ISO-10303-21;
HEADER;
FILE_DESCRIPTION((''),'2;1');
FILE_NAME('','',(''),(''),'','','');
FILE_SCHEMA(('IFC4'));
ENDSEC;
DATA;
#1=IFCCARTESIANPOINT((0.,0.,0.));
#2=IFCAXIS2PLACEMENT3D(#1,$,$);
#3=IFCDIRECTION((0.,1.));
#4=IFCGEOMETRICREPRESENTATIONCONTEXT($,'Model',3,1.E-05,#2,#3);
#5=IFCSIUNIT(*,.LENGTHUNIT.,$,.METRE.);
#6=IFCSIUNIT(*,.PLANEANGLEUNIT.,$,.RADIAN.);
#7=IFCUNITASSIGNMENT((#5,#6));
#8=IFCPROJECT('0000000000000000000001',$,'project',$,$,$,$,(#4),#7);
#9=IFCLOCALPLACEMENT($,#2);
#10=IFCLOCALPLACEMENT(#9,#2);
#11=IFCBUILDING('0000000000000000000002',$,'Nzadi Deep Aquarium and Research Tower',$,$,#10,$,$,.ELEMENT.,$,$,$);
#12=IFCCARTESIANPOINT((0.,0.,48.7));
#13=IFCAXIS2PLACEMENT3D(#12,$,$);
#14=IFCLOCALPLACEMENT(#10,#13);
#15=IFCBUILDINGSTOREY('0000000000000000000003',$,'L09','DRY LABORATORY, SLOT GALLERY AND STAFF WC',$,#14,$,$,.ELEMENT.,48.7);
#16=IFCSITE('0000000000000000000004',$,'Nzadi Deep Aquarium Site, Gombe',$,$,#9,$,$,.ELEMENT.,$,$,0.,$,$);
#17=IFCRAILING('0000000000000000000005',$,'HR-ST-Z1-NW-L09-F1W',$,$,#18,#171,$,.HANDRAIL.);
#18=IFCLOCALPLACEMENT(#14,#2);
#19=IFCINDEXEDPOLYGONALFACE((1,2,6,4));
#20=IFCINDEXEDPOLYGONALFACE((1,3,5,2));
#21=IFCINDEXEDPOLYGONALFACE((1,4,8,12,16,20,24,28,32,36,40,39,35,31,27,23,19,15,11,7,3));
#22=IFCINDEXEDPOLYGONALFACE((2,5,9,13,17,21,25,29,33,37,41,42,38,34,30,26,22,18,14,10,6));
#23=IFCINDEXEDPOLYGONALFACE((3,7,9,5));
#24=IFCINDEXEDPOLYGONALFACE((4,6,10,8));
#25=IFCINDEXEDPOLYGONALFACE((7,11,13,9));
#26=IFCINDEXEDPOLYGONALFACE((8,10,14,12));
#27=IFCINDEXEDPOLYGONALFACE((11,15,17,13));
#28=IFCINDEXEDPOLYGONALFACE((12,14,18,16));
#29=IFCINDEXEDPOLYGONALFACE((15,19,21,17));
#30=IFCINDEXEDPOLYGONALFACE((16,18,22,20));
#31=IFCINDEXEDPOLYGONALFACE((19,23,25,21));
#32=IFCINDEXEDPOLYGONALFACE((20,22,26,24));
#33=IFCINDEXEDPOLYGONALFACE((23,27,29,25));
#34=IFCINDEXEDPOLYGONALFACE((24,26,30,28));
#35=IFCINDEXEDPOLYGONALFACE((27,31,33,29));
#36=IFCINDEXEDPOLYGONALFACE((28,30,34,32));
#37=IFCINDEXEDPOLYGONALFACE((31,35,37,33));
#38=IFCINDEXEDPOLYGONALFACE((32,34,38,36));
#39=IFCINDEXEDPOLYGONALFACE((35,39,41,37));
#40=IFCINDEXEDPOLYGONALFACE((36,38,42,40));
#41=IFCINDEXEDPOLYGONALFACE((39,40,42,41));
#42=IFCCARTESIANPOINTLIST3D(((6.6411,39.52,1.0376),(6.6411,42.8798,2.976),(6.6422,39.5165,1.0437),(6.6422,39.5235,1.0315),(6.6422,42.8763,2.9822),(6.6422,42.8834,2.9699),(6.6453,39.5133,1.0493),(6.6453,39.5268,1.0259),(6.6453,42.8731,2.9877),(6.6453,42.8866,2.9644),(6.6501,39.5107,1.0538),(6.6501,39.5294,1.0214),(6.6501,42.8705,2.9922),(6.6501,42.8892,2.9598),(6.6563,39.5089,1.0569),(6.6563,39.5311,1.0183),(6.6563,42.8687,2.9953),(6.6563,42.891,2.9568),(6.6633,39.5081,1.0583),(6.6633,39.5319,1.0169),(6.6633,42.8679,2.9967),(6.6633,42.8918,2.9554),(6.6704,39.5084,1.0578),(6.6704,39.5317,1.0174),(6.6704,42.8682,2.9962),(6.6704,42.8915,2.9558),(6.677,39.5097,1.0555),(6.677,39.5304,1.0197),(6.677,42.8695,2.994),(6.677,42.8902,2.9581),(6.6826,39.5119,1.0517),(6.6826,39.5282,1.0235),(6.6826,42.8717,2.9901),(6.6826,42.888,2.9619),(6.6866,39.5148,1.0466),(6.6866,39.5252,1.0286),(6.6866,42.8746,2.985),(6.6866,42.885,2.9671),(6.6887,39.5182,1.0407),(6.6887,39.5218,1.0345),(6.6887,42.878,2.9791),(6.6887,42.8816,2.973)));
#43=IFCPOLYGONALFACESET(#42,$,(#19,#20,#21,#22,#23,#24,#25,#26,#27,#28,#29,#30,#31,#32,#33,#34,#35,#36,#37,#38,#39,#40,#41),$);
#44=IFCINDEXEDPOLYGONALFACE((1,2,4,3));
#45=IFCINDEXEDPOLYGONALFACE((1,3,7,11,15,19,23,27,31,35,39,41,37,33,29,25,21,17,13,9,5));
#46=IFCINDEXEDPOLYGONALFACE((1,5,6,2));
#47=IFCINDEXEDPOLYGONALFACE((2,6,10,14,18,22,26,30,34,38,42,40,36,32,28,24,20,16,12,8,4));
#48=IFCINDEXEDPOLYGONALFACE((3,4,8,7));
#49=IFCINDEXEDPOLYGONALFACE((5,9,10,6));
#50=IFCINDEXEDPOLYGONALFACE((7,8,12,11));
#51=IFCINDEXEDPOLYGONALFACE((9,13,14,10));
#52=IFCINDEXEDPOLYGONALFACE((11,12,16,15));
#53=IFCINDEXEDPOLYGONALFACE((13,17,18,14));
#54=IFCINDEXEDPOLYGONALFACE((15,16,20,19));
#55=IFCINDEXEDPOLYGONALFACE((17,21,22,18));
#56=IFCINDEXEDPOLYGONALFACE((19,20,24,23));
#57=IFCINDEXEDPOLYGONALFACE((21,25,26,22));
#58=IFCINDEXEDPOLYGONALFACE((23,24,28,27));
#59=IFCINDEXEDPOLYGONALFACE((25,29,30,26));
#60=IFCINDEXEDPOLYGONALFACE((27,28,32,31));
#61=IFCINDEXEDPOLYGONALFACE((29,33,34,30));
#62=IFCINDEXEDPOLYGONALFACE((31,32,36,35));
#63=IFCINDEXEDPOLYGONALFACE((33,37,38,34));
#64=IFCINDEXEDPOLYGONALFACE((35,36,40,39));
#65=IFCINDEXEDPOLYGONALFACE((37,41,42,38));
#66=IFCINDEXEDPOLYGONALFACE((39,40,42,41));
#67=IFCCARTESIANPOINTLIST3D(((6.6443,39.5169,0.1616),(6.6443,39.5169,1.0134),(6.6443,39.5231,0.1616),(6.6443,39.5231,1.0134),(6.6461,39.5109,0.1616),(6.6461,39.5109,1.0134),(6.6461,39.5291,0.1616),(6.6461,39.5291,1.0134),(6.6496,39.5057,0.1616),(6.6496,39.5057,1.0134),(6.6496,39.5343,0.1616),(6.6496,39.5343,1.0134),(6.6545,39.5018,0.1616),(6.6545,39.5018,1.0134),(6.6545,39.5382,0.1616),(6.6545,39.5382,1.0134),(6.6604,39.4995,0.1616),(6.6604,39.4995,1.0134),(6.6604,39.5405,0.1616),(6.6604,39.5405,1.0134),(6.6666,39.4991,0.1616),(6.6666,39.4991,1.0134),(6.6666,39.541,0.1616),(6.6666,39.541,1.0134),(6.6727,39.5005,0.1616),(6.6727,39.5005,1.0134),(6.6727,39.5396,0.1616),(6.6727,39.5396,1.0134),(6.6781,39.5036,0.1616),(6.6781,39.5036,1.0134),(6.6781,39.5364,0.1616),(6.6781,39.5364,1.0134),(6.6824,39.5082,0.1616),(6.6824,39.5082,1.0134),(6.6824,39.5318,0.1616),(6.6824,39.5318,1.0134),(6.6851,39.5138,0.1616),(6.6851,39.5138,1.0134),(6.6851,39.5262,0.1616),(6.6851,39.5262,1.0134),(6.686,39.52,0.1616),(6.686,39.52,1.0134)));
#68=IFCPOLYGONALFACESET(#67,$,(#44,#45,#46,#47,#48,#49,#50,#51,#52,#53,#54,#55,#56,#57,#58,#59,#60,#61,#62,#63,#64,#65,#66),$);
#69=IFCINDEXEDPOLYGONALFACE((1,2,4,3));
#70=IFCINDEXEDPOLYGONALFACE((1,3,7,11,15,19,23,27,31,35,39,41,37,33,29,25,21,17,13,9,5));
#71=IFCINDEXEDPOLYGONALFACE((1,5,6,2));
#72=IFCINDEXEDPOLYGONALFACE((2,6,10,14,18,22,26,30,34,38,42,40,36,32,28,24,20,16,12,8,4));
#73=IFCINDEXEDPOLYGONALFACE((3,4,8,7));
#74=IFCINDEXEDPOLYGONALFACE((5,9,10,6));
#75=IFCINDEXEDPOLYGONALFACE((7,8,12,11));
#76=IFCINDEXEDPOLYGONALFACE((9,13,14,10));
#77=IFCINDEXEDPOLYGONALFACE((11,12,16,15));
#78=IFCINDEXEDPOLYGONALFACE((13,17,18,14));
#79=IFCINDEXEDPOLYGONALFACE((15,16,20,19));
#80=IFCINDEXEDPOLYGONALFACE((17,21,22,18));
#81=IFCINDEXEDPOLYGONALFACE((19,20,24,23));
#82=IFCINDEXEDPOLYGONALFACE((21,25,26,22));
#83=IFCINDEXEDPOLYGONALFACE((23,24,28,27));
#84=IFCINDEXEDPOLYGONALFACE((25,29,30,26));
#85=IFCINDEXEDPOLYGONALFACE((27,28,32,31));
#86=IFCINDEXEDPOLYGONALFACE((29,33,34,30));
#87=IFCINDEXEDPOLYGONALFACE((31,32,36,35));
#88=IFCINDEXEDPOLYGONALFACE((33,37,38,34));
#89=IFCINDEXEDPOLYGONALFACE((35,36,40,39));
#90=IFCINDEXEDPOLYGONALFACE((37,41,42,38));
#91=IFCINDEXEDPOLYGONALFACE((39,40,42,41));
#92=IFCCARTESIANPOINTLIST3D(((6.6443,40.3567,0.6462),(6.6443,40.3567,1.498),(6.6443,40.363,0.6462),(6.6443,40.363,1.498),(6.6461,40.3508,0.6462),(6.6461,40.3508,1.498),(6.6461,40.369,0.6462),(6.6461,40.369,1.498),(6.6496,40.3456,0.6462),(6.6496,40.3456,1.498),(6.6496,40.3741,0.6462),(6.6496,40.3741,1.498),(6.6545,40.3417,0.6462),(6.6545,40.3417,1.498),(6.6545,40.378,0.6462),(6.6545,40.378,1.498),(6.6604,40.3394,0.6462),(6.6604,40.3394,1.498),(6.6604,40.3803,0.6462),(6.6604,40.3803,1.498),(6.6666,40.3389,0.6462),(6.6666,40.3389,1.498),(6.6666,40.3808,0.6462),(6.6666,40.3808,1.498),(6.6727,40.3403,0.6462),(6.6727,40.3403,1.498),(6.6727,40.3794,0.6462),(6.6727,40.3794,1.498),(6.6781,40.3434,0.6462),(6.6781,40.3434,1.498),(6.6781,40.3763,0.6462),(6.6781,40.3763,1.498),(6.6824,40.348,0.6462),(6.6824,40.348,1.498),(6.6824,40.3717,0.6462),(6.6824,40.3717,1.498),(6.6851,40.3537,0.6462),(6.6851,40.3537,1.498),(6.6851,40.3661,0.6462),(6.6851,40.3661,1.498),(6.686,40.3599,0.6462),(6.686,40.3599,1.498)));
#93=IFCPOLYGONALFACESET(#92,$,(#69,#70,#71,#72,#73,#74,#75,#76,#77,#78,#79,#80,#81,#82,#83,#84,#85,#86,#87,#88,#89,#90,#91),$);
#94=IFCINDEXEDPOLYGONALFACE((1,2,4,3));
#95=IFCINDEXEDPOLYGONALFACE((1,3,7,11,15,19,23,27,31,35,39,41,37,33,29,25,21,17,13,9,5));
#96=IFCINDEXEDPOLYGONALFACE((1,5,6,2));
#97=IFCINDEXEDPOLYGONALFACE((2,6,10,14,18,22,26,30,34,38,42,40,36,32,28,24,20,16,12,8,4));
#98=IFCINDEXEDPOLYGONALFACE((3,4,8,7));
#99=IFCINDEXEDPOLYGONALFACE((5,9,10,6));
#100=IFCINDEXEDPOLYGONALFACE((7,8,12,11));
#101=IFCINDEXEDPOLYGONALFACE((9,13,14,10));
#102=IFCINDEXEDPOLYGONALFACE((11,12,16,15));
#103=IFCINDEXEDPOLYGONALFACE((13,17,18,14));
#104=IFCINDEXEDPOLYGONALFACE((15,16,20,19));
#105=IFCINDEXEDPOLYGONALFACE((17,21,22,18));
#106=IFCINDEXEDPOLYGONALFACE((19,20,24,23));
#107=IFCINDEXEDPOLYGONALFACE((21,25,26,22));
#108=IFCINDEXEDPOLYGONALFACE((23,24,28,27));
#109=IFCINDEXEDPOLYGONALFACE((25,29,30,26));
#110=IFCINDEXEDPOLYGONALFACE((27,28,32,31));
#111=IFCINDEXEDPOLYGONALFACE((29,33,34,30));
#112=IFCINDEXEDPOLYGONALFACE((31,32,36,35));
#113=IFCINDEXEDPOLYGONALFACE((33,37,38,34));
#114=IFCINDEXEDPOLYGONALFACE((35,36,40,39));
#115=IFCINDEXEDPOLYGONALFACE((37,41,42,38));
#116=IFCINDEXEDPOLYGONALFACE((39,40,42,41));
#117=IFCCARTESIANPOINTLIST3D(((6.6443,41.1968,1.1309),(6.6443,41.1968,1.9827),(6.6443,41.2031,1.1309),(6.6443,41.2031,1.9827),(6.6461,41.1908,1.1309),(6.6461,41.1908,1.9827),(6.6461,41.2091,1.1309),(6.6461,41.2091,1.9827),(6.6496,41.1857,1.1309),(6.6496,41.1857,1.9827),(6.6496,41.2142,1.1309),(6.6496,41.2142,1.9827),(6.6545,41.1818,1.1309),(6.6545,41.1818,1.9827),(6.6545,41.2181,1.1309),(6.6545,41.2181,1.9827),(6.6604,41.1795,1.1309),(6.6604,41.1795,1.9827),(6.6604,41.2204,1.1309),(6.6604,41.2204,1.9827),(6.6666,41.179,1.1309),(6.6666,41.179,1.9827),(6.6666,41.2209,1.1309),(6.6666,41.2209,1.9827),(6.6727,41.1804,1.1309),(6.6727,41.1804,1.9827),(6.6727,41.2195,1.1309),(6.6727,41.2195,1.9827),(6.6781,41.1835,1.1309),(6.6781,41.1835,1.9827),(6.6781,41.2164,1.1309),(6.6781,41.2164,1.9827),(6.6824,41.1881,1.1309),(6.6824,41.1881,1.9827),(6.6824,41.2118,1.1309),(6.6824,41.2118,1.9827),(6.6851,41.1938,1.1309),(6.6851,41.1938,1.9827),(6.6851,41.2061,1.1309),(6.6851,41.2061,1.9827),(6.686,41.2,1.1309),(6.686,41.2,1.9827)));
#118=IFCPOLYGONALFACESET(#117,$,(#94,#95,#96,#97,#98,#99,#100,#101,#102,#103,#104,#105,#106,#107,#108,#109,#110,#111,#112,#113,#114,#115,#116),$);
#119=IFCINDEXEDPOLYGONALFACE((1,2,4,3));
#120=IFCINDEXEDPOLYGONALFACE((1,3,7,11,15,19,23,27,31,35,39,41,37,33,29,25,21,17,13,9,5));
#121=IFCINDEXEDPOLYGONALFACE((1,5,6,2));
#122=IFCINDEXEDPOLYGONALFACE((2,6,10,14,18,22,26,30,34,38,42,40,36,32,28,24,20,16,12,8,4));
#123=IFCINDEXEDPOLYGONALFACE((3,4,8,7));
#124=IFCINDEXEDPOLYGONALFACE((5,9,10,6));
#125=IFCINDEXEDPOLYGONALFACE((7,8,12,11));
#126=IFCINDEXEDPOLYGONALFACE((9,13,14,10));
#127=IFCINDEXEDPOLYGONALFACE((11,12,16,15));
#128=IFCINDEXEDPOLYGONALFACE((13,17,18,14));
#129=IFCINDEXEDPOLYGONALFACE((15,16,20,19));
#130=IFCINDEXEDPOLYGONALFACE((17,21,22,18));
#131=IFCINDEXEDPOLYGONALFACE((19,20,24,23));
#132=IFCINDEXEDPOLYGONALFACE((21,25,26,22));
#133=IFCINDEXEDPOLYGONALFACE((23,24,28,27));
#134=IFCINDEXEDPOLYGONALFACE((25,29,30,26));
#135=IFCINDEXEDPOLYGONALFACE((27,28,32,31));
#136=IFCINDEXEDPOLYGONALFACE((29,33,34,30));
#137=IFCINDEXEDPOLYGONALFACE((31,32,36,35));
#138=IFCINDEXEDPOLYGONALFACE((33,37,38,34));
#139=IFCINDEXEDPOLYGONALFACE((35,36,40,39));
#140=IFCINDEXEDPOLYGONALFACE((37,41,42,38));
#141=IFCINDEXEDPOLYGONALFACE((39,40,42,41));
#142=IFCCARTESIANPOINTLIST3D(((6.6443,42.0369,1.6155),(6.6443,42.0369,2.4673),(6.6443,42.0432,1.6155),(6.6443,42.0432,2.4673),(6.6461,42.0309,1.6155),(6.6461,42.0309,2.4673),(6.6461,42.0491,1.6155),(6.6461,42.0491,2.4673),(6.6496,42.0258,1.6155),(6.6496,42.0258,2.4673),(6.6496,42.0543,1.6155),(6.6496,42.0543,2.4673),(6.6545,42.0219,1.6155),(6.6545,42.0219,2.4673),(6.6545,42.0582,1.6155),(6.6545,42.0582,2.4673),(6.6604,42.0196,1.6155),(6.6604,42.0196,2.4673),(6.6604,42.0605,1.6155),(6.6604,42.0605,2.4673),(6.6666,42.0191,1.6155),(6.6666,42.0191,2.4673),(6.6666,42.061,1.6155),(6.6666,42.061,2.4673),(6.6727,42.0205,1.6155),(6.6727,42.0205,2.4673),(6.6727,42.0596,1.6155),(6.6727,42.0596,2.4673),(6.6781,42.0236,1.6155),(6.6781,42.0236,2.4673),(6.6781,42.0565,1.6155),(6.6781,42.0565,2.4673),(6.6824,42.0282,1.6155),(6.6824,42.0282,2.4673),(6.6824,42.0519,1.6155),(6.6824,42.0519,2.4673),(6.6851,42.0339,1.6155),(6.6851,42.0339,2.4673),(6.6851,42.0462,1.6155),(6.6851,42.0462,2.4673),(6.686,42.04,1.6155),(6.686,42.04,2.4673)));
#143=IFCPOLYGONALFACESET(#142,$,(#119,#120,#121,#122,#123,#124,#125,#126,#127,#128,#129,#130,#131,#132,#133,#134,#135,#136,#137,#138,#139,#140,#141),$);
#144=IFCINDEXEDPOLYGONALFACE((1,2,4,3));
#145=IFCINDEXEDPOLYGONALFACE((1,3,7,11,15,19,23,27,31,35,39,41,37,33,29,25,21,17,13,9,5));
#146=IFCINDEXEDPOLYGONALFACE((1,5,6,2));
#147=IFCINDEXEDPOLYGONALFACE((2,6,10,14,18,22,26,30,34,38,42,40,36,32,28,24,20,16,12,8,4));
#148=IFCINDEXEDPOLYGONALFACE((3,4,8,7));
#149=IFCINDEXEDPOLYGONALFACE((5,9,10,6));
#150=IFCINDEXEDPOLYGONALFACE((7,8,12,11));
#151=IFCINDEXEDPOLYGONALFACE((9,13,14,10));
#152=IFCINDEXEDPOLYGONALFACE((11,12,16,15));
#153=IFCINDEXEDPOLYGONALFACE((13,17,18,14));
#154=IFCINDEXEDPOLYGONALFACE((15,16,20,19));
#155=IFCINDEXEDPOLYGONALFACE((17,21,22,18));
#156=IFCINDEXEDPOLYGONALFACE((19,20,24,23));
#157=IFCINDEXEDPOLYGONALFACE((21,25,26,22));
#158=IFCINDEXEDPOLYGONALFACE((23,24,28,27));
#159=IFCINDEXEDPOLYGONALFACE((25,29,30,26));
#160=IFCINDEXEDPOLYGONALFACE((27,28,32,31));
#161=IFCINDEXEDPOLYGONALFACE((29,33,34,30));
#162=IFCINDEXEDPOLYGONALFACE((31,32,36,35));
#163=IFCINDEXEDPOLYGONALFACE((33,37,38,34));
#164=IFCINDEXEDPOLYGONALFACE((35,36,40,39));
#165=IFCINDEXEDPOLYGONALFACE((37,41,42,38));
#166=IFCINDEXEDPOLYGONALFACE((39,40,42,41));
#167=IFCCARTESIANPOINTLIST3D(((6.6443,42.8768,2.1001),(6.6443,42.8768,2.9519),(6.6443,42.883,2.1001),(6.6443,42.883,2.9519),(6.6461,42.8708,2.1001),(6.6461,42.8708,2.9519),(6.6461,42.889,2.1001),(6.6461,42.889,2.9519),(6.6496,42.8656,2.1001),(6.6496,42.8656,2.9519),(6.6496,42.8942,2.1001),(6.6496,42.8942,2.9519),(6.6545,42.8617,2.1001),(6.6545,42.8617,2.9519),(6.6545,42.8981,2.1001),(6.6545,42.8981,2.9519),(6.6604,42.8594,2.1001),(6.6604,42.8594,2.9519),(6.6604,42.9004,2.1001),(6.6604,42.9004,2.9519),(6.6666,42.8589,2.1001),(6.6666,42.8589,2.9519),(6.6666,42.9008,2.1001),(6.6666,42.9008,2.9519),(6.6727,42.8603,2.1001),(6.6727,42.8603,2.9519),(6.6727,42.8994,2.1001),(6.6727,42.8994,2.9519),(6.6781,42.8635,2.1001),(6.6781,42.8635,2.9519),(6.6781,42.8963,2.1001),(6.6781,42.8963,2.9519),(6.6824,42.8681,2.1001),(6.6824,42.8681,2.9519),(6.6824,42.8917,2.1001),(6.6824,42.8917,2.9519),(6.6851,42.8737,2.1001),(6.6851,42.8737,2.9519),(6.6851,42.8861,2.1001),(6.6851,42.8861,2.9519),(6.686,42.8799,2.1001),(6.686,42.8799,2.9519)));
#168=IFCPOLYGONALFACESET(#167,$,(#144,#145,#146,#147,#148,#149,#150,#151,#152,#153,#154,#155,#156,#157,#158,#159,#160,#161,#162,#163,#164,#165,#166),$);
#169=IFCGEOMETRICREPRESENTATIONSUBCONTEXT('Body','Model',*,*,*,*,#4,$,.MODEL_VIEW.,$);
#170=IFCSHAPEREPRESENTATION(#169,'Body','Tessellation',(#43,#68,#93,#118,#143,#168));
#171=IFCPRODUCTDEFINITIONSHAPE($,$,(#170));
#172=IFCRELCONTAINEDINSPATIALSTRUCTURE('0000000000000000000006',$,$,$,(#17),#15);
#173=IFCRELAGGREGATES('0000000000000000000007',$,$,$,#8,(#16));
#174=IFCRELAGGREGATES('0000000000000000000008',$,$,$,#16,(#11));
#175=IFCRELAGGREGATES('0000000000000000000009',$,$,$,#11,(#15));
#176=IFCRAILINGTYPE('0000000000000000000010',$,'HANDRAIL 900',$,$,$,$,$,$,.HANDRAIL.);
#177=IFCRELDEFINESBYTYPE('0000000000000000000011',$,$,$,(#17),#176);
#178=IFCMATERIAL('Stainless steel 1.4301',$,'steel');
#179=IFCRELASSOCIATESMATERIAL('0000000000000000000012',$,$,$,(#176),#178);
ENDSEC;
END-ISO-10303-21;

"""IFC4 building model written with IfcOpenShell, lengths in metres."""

from ifc_helpers import new_model, si_unit, direction, frame, origin, origin_2d, place, context, subcontext, project, spatial, circle, extrude, material, type_object, element, save


model = new_model("IFC4")

# Units and contexts
model_context = context("Model", 3, precision=1e-05, world=origin(), true_north=direction((0.0, 1.0)))
body_context = subcontext(model_context, "Body", "Model", "MODEL_VIEW")
ifc_project = project(units=[si_unit("LENGTHUNIT", "METRE"), si_unit("PLANEANGLEUNIT", "RADIAN")], contexts=[model_context])

# Site, building, storey
site_placement = place(None, origin())
site = spatial("IfcSite", under=ifc_project, at=site_placement, Name="Nzadi Deep Aquarium Site, Gombe", CompositionType="ELEMENT", RefElevation=0.0)
building_placement = place(site_placement, origin())
building = spatial("IfcBuilding", under=site, at=building_placement, Name="Nzadi Deep Aquarium and Research Tower", CompositionType="ELEMENT")
storey_placement = place(building_placement, frame((0.0, 0.0, 48.7)))
storey = spatial("IfcBuildingStorey", under=building, at=storey_placement, Name="L09", Description="DRY LABORATORY, SLOT GALLERY AND STAFF WC", CompositionType="ELEMENT", Elevation=48.7)

# Railing
ifc_material_1 = material(Name="Stainless steel 1.4301", Category="steel")
railing_type = type_object("IfcRailingType", Name="HANDRAIL 900", PredefinedType="HANDRAIL", material=ifc_material_1)
for number, where, name in (
    (1, (6.665, 39.52, 0.1616), "HR-ST-Z1-NW-L09-F1W"),
):
    element("IfcRailing", number, at=place(storey_placement, frame(where)), inside=storey, type_object=railing_type, Name=name, PredefinedType="HANDRAIL", context=body_context, shape_type="SweptSolid", body=[
        extrude(circle(Radius=0.0239, at=origin_2d()), frame((0.0, 0.0, 0.876), z_axis=(0.0, 0.866175, 0.499741), x_axis=(-1.0, 0.0, 0.0)), (0.0, 0.0, 1.0), 3.8789),
        extrude(circle(Radius=0.021, at=origin_2d()), origin(), (0.0, 0.0, 1.0), 0.8518),
        extrude(circle(Radius=0.021, at=origin_2d()), frame((0.0, 0.8398, 0.4846)), (0.0, 0.0, 1.0), 0.8518),
        extrude(circle(Radius=0.021, at=origin_2d()), frame((0.0, 1.6799, 0.9692)), (0.0, 0.0, 1.0), 0.8518),
        extrude(circle(Radius=0.021, at=origin_2d()), frame((0.0, 2.52, 1.4539)), (0.0, 0.0, 1.0), 0.8518),
        extrude(circle(Radius=0.021, at=origin_2d()), frame((0.0, 3.3599, 1.9385)), (0.0, 0.0, 1.0), 0.8518),
    ])

save(model, "model.ifc")
